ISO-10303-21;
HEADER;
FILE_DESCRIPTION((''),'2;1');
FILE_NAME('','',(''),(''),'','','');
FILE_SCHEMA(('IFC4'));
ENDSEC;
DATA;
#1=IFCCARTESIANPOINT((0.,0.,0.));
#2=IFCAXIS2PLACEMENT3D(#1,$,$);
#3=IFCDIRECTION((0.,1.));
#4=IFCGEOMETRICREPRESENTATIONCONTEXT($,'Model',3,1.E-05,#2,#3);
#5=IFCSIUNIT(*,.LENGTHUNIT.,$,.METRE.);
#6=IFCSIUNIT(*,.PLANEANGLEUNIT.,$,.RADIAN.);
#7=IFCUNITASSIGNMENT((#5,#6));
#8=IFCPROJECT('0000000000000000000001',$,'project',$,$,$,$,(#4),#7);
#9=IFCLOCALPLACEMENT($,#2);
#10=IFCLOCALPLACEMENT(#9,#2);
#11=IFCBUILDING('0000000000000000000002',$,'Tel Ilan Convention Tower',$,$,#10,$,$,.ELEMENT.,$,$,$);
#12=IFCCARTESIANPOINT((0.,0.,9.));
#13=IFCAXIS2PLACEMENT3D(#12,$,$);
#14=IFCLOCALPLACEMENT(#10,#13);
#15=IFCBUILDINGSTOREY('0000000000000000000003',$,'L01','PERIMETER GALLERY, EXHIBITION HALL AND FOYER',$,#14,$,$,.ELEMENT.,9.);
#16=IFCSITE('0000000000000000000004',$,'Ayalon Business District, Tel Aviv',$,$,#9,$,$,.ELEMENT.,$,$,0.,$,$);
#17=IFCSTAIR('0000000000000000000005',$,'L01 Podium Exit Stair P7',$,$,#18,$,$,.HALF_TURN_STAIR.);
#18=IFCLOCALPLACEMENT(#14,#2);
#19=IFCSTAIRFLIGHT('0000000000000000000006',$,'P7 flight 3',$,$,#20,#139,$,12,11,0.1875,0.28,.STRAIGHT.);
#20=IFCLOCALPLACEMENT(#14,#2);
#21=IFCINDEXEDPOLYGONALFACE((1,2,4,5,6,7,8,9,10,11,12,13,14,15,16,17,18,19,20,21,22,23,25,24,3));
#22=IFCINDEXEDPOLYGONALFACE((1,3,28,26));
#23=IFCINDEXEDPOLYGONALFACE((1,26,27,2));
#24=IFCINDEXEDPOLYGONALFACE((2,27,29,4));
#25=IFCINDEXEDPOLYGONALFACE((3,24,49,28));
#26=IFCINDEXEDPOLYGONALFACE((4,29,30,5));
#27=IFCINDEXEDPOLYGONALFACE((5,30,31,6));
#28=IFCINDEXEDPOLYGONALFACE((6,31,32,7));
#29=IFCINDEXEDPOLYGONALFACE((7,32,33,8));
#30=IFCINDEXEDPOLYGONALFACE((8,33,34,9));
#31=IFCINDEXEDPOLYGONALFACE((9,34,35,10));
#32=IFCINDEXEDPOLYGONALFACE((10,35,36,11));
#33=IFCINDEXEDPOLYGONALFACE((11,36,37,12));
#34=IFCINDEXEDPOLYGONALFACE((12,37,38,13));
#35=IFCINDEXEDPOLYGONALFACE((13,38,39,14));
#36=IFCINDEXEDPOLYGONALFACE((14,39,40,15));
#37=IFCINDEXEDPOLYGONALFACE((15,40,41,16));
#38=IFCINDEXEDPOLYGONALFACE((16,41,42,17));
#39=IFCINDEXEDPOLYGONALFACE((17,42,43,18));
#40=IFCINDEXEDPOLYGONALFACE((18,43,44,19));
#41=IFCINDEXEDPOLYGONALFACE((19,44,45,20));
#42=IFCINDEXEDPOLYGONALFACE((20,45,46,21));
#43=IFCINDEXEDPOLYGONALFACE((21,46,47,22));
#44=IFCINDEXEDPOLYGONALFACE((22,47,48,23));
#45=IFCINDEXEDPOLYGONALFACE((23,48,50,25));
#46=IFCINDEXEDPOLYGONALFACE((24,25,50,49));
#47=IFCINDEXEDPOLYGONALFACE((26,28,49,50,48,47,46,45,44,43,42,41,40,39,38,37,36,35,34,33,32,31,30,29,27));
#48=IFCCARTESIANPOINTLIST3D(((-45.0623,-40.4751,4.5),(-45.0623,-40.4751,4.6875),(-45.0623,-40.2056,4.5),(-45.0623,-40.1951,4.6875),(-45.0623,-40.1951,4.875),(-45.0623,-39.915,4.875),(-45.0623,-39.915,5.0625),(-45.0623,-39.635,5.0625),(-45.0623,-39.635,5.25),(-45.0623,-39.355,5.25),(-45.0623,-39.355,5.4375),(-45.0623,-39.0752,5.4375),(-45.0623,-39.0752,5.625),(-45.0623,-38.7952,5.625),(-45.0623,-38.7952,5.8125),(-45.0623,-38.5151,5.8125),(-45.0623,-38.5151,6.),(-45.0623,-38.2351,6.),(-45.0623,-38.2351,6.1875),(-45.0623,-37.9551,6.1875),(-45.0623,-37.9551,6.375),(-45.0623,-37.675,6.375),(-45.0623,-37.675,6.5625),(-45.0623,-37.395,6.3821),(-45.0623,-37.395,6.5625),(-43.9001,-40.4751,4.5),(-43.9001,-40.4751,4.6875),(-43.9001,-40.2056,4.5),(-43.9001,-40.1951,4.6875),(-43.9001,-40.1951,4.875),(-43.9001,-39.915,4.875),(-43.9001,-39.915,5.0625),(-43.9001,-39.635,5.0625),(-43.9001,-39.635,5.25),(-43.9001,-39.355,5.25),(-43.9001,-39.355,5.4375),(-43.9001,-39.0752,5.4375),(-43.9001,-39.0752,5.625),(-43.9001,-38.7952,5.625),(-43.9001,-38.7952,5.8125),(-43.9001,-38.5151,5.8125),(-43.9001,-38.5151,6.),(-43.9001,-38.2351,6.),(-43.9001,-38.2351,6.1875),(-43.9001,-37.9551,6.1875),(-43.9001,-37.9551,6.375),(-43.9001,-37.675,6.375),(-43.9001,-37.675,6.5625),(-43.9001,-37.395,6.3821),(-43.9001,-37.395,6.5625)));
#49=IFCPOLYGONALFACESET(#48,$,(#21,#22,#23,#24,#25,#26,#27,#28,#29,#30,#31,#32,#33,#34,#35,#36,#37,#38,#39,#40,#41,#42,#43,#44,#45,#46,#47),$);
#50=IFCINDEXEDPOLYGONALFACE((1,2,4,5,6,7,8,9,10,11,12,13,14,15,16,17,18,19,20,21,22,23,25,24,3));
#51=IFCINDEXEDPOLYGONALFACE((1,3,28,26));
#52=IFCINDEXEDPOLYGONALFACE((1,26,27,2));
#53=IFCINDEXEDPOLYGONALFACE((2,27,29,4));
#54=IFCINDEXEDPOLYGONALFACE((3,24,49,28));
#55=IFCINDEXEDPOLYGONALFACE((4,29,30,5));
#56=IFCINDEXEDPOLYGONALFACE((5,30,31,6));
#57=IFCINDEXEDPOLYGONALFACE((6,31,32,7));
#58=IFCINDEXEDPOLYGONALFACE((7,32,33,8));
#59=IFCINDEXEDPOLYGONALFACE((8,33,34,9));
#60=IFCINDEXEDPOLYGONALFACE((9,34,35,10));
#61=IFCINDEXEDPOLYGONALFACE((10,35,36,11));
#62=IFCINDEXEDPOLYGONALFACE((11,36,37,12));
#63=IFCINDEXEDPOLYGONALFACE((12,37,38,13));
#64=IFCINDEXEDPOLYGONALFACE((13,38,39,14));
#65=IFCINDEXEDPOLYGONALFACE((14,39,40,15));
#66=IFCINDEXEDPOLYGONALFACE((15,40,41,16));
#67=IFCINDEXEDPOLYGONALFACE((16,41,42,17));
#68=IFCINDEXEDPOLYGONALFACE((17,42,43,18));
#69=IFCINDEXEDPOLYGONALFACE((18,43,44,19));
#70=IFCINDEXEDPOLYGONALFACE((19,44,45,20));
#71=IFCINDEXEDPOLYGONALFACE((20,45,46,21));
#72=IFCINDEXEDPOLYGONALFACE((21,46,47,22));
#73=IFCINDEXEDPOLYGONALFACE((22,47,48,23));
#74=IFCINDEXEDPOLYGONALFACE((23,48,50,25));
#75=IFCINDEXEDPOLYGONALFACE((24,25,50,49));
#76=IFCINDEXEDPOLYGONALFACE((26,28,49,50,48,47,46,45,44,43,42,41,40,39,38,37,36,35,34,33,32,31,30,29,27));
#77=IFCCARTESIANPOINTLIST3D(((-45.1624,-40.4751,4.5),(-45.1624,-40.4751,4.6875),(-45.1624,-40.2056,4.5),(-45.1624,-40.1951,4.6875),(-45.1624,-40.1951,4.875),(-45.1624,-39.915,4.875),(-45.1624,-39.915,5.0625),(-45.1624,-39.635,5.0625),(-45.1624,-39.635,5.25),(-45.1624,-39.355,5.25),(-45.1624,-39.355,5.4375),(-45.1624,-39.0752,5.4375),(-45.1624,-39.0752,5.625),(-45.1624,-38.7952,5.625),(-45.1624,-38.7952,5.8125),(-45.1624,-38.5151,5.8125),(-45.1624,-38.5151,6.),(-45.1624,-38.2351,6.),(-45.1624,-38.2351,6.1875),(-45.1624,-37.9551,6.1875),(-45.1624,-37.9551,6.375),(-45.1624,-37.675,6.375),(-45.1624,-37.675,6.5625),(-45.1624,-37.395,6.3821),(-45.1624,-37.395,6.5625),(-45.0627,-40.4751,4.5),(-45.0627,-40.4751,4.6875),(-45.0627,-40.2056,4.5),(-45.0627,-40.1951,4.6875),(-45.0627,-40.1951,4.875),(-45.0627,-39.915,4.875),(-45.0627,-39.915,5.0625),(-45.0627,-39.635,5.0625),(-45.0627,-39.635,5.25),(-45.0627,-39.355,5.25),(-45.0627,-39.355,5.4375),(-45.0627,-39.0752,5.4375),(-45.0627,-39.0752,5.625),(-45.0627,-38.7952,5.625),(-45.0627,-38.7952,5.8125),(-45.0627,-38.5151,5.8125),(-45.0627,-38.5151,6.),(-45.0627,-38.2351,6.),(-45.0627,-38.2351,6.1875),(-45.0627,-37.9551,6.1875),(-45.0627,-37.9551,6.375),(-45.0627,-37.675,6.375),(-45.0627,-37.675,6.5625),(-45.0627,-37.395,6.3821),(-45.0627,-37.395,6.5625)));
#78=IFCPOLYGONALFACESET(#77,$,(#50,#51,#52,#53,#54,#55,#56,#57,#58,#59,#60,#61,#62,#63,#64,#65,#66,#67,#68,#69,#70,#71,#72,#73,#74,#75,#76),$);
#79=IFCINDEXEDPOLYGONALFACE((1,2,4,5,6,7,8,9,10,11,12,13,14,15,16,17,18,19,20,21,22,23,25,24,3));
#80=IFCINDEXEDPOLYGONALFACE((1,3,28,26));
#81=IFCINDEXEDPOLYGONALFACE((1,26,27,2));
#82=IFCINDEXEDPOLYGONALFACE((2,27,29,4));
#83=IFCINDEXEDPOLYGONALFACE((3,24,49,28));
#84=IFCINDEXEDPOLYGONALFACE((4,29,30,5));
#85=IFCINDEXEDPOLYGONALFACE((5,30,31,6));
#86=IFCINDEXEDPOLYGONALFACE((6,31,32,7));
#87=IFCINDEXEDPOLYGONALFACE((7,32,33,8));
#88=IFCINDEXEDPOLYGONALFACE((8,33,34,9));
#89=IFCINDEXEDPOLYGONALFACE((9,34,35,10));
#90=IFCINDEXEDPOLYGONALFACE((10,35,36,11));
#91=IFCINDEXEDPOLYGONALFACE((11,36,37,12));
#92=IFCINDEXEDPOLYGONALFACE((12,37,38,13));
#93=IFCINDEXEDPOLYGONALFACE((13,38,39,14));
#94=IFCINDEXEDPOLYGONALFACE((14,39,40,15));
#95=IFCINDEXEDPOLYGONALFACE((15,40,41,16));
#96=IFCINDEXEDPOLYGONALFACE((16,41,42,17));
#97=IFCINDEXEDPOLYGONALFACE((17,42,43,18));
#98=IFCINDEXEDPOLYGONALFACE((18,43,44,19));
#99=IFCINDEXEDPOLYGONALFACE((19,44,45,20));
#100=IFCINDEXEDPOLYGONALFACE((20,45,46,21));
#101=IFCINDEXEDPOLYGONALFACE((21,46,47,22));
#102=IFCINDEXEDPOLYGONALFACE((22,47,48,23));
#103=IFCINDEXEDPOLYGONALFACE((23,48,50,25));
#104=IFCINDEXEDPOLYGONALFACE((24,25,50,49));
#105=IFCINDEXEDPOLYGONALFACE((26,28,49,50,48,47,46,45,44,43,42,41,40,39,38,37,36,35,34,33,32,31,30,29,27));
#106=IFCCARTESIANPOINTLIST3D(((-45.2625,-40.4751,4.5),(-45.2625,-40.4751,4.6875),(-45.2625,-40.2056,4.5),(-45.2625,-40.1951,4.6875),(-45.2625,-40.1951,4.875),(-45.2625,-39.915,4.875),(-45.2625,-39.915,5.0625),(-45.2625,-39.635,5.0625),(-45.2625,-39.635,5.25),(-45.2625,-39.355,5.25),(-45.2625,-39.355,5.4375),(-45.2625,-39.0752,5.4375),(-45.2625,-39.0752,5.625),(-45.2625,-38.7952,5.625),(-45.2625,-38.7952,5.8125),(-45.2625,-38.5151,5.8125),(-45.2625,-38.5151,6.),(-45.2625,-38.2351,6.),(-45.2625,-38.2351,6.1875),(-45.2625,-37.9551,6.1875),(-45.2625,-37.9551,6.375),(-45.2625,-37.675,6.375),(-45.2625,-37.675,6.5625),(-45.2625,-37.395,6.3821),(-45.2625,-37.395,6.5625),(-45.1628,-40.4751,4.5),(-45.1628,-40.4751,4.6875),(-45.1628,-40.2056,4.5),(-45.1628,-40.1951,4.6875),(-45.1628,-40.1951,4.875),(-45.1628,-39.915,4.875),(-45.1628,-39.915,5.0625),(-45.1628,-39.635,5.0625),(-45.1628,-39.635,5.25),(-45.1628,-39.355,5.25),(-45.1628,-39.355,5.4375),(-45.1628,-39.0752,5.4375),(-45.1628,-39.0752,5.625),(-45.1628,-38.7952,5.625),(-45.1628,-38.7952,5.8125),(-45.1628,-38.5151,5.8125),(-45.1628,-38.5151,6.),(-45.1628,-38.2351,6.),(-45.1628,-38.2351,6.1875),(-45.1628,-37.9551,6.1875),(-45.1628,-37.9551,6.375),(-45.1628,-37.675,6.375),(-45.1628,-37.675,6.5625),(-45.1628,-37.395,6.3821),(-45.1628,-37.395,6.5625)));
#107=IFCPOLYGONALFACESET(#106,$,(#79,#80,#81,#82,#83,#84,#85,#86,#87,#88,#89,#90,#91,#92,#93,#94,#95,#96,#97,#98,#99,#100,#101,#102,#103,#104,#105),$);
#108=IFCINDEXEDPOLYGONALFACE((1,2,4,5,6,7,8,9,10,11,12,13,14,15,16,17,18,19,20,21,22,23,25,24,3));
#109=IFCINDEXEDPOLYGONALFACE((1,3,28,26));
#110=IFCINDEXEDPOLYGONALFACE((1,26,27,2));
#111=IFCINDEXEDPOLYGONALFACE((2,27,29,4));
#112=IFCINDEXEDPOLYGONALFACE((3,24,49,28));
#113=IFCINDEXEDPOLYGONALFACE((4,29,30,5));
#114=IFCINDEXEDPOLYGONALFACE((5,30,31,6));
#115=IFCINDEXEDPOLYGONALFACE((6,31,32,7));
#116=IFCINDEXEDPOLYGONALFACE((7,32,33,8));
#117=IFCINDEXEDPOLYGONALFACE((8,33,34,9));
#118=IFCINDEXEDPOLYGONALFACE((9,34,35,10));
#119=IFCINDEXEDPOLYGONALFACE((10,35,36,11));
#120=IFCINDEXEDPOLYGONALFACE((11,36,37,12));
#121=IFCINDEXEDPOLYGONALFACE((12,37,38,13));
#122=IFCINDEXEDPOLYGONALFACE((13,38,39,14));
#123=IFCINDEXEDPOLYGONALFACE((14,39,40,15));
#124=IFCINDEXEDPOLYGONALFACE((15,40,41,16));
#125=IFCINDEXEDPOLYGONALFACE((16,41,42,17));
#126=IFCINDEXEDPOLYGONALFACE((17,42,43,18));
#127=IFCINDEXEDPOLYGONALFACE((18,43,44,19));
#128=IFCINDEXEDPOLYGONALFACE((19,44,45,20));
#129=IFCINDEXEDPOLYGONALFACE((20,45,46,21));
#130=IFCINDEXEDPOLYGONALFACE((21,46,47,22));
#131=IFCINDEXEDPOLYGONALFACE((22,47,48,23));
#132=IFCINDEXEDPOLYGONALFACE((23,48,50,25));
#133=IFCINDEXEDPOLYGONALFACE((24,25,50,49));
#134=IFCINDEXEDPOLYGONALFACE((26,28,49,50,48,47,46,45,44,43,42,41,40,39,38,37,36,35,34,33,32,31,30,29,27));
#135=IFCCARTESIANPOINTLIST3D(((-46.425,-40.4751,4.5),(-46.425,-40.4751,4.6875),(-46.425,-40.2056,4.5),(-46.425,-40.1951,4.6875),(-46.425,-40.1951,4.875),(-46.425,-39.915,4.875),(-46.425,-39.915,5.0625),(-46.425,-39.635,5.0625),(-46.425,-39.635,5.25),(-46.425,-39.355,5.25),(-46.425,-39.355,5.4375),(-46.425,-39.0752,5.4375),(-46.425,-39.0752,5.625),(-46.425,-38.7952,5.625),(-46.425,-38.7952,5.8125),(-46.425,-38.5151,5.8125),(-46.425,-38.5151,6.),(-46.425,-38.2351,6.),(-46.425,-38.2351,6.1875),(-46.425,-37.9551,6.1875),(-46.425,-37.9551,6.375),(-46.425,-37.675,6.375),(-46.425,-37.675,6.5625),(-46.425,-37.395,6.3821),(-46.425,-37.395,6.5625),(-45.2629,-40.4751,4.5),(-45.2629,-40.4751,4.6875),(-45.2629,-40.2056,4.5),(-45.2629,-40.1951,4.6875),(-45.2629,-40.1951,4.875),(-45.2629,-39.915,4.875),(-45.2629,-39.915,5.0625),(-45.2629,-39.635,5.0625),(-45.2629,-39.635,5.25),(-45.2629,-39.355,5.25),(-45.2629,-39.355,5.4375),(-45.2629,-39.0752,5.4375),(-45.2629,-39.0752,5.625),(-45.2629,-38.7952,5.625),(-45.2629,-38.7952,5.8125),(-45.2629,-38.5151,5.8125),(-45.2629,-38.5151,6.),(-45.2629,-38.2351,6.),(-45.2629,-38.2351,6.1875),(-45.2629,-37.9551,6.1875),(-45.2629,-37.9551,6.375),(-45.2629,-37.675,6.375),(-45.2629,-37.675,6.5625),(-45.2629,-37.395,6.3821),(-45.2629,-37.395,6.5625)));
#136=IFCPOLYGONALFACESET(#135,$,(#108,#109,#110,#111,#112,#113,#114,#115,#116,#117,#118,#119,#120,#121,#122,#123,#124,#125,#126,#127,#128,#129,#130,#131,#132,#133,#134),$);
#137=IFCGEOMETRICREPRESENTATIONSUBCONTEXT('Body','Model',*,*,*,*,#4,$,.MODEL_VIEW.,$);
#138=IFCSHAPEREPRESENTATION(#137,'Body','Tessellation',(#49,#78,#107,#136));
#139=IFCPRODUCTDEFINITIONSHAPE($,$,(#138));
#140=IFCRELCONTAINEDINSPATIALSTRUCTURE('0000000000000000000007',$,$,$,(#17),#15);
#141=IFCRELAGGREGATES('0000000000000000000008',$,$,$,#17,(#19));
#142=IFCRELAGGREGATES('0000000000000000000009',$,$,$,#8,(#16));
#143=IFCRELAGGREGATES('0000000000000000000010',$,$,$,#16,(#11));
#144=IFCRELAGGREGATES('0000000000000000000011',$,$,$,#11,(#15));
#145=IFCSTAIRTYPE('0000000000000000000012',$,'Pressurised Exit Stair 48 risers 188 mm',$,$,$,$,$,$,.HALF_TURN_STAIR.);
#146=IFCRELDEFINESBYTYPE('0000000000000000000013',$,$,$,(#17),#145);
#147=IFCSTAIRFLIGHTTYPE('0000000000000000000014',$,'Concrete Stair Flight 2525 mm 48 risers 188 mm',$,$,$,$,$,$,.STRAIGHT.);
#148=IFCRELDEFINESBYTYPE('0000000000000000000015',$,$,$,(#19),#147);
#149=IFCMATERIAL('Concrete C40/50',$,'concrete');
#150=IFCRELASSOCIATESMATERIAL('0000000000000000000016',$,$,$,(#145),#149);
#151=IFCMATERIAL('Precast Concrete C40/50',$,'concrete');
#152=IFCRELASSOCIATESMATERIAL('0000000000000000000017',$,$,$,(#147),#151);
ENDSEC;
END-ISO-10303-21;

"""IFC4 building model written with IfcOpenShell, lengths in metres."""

from ifc_helpers import new_model, si_unit, direction, frame, origin, place, context, subcontext, project, spatial, polyline, outline, extrude, material, type_object, element, aggregate, save


model = new_model("IFC4")

# Units and contexts
model_context = context("Model", 3, precision=1e-05, world=origin(), true_north=direction((0.0, 1.0)))
body_context = subcontext(model_context, "Body", "Model", "MODEL_VIEW")
ifc_project = project(units=[si_unit("LENGTHUNIT", "METRE"), si_unit("PLANEANGLEUNIT", "RADIAN")], contexts=[model_context])

# Site, building, storey
site_placement = place(None, origin())
site = spatial("IfcSite", under=ifc_project, at=site_placement, Name="Ayalon Business District, Tel Aviv", CompositionType="ELEMENT", RefElevation=0.0)
building_placement = place(site_placement, origin())
building = spatial("IfcBuilding", under=site, at=building_placement, Name="Tel Ilan Convention Tower", CompositionType="ELEMENT")
storey_placement = place(building_placement, frame((0.0, 0.0, 9.0)))
storey = spatial("IfcBuildingStorey", under=building, at=storey_placement, Name="L01", Description="PERIMETER GALLERY, EXHIBITION HALL AND FOYER", CompositionType="ELEMENT", Elevation=9.0)

# Stair, stair flight
ifc_material_1 = material(Name="Concrete C40/50", Category="concrete")
stair_type = type_object("IfcStairType", Name="Pressurised Exit Stair 48 risers 188 mm", PredefinedType="HALF_TURN_STAIR", material=ifc_material_1)
ifc_material_2 = material(Name="Precast Concrete C40/50", Category="concrete")
stair_flight_type = type_object("IfcStairFlightType", Name="Concrete Stair Flight 2525 mm 48 risers 188 mm", PredefinedType="STRAIGHT", material=ifc_material_2)
stair_1_placement = place(storey_placement, origin())
stair_1 = element("IfcStair", 1, at=stair_1_placement, inside=storey, type_object=stair_type, Name="L01 Podium Exit Stair P7", PredefinedType="HALF_TURN_STAIR")
stair_flight_1_placement = place(storey_placement, frame((-45.1626, -40.4751, 4.5), z_axis=(0.0, 0.0, 1.0), x_axis=(0.0, 1.0, 0.0)))
stair_flight_1 = element("IfcStairFlight", 2, at=stair_flight_1_placement, type_object=stair_flight_type, Name="P7 flight 3", NumberOfRisers=12, NumberOfTreads=11, PredefinedType="STRAIGHT", RiserHeight=0.1875, TreadLength=0.28, context=body_context, shape_type="SweptSolid", body=[
    extrude(outline(polyline([(0.0, 0.0), (0.0, 0.1875), (0.28, 0.1875), (0.28, 0.375), (0.5601, 0.375), (0.5601, 0.5625), (0.8401, 0.5625), (0.8401, 0.75), (1.1201, 0.75), (1.1201, 0.9375), (1.3999, 0.9375), (1.3999, 1.125), (1.6799, 1.125), (1.6799, 1.3125), (1.96, 1.3125), (1.96, 1.5), (2.24, 1.5), (2.24, 1.6875), (2.52, 1.6875), (2.52, 1.875), (2.8, 1.875), (2.8, 2.0625), (3.0801, 2.0625), (3.0801, 2.25), (3.0801, 1.8821), (0.2695, 0.0), (0.0, 0.0)])), frame((0.0, -0.1003, 0.0), z_axis=(0.0, -1.0, 0.0), x_axis=(1.0, 0.0, 0.0)), (0.0, 0.0, 1.0), 1.1621),
    extrude(outline(polyline([(0.0, 0.0), (0.0, 0.1875), (0.28, 0.1875), (0.28, 0.375), (0.5601, 0.375), (0.5601, 0.5625), (0.8401, 0.5625), (0.8401, 0.75), (1.1201, 0.75), (1.1201, 0.9375), (1.3999, 0.9375), (1.3999, 1.125), (1.6799, 1.125), (1.6799, 1.3125), (1.96, 1.3125), (1.96, 1.5), (2.24, 1.5), (2.24, 1.6875), (2.52, 1.6875), (2.52, 1.875), (2.8, 1.875), (2.8, 2.0625), (3.0801, 2.0625), (3.0801, 2.25), (3.0801, 1.8821), (0.2695, 0.0), (0.0, 0.0)])), frame((0.0, -0.0002, 0.0), z_axis=(0.0, -1.0, 0.0), x_axis=(1.0, 0.0, 0.0)), (0.0, 0.0, 1.0), 0.0996),
    extrude(outline(polyline([(0.0, 0.0), (0.0, 0.1875), (0.28, 0.1875), (0.28, 0.375), (0.5601, 0.375), (0.5601, 0.5625), (0.8401, 0.5625), (0.8401, 0.75), (1.1201, 0.75), (1.1201, 0.9375), (1.3999, 0.9375), (1.3999, 1.125), (1.6799, 1.125), (1.6799, 1.3125), (1.96, 1.3125), (1.96, 1.5), (2.24, 1.5), (2.24, 1.6875), (2.52, 1.6875), (2.52, 1.875), (2.8, 1.875), (2.8, 2.0625), (3.0801, 2.0625), (3.0801, 2.25), (3.0801, 1.8821), (0.2695, 0.0), (0.0, 0.0)])), frame((0.0, 0.0999, 0.0), z_axis=(0.0, -1.0, 0.0), x_axis=(1.0, 0.0, 0.0)), (0.0, 0.0, 1.0), 0.0996),
    extrude(outline(polyline([(0.0, 0.0), (0.0, 0.1875), (0.28, 0.1875), (0.28, 0.375), (0.5601, 0.375), (0.5601, 0.5625), (0.8401, 0.5625), (0.8401, 0.75), (1.1201, 0.75), (1.1201, 0.9375), (1.3999, 0.9375), (1.3999, 1.125), (1.6799, 1.125), (1.6799, 1.3125), (1.96, 1.3125), (1.96, 1.5), (2.24, 1.5), (2.24, 1.6875), (2.52, 1.6875), (2.52, 1.875), (2.8, 1.875), (2.8, 2.0625), (3.0801, 2.0625), (3.0801, 2.25), (3.0801, 1.8821), (0.2695, 0.0), (0.0, 0.0)])), frame((0.0, 1.2625, 0.0), z_axis=(0.0, -1.0, 0.0), x_axis=(1.0, 0.0, 0.0)), (0.0, 0.0, 1.0), 1.1621),
])
aggregate(stair_1, [stair_flight_1])

save(model, "model.ifc")
